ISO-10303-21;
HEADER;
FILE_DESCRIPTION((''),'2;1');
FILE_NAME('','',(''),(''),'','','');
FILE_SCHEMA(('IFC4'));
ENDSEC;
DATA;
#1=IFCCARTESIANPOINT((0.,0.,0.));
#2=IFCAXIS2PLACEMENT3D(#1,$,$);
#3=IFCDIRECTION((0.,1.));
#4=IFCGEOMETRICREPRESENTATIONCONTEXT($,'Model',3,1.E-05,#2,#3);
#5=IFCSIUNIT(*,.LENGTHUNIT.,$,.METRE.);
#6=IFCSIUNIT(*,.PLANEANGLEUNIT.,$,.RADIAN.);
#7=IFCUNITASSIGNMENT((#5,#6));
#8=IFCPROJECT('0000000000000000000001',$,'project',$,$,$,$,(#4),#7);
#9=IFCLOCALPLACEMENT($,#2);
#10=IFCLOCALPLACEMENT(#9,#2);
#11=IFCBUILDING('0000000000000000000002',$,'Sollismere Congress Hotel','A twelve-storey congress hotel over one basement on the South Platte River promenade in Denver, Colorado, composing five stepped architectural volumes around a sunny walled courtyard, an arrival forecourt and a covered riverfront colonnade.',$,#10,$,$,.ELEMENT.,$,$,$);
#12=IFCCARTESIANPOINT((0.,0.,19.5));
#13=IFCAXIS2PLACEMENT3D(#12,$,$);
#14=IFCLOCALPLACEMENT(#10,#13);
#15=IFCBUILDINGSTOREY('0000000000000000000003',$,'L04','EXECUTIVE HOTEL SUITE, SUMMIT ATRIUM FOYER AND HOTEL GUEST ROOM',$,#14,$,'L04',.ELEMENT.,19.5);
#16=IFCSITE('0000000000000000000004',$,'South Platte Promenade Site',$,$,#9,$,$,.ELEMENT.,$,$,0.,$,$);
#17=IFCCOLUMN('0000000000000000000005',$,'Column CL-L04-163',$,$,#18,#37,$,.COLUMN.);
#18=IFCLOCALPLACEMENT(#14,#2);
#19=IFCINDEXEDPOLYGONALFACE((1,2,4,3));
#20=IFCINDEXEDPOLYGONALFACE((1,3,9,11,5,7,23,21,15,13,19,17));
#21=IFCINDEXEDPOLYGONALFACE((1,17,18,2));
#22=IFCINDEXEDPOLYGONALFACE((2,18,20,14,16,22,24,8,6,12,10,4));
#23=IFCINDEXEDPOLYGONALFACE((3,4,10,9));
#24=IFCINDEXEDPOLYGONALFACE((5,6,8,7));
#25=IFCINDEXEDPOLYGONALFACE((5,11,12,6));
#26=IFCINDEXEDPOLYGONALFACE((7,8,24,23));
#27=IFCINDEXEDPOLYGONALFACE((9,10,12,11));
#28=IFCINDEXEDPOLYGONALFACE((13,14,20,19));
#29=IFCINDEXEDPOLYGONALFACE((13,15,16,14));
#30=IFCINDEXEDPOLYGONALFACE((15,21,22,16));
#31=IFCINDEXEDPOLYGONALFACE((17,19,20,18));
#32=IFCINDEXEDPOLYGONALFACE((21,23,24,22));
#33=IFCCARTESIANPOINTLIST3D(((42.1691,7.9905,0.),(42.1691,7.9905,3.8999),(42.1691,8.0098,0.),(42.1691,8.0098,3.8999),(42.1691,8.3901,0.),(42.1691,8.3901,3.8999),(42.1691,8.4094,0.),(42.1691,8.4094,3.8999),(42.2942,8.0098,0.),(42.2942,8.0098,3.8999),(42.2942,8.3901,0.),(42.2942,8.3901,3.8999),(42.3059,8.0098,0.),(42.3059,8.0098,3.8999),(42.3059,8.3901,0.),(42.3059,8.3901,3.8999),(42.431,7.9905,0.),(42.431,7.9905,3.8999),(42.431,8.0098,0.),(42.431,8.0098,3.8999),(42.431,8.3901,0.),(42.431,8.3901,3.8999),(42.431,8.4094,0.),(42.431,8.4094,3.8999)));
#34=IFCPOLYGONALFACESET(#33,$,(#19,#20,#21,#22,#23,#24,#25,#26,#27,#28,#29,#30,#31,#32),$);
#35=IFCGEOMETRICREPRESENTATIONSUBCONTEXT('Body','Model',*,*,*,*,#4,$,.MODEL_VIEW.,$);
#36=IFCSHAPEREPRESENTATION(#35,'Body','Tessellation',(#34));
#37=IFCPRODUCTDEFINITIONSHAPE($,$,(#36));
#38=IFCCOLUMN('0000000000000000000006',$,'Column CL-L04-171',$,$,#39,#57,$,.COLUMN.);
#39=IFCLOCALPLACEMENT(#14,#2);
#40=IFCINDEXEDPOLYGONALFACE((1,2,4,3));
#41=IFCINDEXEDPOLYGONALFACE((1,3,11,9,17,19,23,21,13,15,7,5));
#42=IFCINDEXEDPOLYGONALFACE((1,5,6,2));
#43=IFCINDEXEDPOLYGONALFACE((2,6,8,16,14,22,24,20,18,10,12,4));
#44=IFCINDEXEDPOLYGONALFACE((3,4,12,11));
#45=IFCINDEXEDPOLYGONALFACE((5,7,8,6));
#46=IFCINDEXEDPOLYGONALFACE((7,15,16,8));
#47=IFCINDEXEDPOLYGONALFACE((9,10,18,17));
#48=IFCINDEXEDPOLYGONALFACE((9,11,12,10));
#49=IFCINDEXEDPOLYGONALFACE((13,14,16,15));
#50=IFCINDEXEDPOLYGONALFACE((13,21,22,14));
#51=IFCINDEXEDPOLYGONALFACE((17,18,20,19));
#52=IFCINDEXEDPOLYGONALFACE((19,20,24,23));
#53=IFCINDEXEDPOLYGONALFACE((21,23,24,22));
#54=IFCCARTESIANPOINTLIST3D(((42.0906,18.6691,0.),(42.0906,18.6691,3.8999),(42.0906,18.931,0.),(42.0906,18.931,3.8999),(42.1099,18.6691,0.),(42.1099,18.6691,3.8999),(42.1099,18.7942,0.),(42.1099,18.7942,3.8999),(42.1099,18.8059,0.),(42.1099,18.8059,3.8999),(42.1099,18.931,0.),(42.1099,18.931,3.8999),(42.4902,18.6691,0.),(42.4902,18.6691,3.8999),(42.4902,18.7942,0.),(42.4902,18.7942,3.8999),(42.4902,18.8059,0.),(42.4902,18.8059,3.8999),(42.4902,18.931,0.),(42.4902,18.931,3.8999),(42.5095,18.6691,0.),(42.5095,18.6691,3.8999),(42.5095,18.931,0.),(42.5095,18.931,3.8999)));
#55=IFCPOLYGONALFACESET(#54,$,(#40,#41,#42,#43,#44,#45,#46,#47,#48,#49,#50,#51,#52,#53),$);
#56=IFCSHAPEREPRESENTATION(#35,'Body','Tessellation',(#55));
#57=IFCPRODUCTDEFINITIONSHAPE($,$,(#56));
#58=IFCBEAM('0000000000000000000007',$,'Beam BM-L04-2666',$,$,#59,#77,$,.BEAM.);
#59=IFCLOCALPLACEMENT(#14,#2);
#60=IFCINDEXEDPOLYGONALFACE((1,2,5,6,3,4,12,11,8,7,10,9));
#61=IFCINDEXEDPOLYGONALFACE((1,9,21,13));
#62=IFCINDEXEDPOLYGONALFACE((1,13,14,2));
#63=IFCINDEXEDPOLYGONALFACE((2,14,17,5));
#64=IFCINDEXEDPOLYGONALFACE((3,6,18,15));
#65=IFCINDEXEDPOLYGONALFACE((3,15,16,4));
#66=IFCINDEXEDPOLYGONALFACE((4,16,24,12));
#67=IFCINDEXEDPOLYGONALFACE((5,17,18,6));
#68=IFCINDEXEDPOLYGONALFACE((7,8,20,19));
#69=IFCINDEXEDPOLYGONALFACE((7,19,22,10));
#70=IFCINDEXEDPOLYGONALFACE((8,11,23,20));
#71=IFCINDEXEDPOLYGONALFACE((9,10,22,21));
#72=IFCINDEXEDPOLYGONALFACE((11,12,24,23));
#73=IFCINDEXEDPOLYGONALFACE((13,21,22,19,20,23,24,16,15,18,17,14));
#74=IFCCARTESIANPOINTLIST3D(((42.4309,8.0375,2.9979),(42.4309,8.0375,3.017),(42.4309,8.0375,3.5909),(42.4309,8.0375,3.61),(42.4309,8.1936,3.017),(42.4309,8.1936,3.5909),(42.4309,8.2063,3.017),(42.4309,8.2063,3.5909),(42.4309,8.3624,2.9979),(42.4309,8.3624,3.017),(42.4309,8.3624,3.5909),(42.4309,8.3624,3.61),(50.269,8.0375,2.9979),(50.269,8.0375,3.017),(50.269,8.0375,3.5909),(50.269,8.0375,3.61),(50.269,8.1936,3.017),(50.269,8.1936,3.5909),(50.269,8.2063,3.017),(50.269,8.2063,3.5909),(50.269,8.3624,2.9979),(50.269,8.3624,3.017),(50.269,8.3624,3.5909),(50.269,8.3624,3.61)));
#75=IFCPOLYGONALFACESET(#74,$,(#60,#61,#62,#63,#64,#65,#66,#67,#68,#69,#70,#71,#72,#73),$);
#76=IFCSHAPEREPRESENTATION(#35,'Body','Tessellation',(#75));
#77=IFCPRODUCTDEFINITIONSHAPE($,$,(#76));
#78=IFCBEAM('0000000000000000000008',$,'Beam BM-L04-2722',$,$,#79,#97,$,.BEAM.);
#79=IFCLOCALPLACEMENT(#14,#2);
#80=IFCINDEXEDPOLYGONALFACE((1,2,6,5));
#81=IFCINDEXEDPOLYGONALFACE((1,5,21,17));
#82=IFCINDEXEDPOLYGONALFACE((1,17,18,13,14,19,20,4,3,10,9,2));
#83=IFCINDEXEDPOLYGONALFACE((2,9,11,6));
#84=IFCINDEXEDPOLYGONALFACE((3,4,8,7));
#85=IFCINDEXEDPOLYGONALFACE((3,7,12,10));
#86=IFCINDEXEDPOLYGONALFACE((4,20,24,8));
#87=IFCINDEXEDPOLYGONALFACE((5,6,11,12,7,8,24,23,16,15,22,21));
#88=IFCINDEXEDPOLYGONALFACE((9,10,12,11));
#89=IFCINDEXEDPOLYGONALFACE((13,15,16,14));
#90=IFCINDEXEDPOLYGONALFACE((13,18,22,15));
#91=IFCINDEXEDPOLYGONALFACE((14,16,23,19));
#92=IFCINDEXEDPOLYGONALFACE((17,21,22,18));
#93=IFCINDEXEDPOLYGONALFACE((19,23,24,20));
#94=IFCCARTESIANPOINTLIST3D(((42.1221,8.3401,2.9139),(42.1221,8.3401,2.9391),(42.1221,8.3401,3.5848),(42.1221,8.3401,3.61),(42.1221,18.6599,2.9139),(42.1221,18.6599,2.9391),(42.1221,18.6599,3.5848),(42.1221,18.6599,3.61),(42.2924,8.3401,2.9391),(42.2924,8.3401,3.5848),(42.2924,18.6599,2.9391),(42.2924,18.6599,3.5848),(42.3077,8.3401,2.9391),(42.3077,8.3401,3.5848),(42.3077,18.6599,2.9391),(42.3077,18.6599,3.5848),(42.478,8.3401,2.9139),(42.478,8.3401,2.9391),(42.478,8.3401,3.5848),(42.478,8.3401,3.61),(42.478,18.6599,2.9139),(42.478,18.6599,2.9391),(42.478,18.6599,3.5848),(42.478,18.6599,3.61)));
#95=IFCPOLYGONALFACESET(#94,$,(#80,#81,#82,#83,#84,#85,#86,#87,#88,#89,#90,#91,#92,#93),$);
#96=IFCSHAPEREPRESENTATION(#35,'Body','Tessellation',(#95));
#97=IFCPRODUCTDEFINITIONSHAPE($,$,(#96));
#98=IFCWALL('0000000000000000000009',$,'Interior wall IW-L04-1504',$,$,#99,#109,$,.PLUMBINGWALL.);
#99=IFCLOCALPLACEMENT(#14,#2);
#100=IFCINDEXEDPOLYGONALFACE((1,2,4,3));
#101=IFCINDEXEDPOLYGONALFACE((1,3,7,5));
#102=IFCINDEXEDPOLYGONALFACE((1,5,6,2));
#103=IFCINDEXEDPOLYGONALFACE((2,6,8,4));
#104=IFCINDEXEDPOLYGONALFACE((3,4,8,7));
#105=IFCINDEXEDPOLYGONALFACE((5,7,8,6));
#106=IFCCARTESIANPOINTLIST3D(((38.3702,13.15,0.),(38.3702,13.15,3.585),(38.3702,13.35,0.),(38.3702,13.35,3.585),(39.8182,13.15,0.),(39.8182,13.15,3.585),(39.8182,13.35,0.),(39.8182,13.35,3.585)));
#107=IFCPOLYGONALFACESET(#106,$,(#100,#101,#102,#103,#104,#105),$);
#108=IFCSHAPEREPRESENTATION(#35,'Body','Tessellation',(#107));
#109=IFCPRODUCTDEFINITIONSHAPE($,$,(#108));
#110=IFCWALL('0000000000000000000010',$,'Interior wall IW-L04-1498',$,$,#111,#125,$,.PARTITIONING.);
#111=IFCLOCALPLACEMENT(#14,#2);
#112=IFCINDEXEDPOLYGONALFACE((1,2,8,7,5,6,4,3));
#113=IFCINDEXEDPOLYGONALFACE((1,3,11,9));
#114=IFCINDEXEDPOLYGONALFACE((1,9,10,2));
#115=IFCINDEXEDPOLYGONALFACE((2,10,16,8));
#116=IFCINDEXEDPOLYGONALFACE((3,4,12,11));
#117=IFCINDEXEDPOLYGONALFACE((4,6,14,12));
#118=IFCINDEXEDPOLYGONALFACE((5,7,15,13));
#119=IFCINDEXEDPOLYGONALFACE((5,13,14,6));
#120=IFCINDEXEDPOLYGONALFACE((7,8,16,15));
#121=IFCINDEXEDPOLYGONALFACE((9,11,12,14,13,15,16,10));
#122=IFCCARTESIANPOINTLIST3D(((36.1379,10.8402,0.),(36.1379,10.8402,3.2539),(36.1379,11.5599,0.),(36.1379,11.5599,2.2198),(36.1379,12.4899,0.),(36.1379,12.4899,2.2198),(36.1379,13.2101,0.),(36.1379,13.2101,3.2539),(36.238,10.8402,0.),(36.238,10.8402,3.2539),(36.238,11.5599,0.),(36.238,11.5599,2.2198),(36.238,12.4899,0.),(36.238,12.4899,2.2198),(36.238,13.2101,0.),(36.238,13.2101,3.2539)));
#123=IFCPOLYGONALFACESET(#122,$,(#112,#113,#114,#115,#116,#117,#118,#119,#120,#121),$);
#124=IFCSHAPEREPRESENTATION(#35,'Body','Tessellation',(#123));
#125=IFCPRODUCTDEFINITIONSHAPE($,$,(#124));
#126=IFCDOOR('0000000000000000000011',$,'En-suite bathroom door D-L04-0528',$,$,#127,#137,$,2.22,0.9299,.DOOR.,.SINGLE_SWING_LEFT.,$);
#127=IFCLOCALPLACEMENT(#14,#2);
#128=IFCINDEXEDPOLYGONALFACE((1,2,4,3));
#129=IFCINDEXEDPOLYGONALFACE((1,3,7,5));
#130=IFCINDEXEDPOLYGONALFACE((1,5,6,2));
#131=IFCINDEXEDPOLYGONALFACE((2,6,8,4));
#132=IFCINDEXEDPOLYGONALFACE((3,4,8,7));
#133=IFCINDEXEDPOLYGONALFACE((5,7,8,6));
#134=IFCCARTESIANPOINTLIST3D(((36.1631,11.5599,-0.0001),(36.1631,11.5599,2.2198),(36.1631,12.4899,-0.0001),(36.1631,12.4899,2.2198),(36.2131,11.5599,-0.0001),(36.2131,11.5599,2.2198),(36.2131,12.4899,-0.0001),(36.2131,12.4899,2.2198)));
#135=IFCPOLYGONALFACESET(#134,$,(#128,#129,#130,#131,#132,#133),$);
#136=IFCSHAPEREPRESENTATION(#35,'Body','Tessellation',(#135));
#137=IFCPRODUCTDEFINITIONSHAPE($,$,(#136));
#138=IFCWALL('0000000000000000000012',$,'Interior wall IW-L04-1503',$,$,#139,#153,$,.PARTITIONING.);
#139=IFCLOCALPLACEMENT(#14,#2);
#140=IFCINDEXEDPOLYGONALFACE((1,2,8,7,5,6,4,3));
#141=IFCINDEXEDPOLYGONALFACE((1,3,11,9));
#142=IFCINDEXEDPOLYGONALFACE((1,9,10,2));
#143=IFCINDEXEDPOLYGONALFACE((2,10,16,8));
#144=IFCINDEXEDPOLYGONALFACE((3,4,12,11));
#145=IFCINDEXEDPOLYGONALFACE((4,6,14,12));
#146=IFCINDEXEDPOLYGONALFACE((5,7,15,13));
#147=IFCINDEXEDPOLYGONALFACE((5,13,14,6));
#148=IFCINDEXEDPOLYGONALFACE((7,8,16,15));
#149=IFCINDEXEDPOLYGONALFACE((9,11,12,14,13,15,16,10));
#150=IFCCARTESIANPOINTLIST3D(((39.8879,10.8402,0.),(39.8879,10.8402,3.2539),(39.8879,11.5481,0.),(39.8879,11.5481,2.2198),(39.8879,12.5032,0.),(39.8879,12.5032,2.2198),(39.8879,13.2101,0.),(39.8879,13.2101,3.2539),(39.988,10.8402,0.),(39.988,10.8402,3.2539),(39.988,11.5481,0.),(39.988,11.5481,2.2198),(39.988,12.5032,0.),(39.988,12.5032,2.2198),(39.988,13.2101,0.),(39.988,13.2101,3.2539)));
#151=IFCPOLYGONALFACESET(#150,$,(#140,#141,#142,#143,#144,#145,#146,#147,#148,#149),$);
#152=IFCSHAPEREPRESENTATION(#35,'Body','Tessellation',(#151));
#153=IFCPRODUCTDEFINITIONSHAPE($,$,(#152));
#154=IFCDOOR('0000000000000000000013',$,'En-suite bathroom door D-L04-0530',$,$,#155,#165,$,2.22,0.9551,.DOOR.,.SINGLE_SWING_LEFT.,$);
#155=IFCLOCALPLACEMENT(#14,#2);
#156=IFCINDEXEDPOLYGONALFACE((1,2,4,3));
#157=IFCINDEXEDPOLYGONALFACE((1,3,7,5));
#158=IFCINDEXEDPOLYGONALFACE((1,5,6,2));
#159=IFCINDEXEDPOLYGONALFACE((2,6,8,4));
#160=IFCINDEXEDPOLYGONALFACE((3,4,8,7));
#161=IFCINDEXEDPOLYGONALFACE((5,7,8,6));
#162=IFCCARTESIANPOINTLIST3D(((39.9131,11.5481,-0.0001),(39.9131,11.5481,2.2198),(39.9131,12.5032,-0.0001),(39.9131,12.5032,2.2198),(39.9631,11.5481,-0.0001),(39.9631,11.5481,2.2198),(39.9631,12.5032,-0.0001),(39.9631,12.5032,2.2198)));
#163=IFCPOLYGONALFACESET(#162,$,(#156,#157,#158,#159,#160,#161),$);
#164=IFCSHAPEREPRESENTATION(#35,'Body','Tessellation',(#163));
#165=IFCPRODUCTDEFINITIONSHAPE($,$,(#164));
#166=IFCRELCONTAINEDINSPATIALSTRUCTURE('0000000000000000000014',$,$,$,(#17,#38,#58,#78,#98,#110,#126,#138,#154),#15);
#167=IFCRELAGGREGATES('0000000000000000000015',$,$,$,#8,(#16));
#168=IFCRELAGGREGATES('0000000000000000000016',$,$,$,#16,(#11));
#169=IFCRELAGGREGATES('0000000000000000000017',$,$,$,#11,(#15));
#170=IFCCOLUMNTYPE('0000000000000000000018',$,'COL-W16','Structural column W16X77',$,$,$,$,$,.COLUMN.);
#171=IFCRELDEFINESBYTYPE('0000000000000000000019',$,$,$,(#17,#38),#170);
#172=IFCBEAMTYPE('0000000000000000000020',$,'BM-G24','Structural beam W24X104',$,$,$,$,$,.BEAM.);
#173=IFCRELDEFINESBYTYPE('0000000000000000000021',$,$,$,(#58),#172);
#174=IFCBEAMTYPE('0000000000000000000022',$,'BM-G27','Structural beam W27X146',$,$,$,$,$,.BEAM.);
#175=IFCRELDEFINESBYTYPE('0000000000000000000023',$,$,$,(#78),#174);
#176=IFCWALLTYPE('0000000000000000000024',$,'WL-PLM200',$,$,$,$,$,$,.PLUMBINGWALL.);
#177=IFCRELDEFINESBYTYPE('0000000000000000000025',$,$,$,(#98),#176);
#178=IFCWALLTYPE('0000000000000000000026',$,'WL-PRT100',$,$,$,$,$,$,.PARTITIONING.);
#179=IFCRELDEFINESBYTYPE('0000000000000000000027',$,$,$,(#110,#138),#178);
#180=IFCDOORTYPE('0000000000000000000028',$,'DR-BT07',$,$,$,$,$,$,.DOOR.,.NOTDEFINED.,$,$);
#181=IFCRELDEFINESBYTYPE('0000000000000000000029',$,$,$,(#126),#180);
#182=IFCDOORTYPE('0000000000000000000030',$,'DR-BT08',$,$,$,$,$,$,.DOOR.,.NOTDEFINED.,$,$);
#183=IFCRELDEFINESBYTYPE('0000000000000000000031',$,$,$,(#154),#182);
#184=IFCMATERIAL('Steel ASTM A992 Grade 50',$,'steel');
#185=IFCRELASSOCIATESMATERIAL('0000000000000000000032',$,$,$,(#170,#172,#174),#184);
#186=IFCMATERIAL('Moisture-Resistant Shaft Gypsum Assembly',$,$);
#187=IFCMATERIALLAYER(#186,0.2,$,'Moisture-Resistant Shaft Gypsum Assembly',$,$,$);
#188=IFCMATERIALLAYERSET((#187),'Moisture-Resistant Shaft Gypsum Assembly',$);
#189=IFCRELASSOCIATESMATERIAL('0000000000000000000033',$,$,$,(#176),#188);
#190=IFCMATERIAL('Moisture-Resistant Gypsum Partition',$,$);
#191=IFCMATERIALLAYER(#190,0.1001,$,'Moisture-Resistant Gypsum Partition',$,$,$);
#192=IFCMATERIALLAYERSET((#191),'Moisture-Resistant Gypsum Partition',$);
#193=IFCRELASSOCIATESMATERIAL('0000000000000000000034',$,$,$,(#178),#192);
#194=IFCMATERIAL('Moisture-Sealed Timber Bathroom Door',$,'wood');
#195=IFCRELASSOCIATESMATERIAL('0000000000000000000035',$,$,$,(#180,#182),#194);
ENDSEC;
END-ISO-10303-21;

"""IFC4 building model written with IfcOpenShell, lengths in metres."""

from ifc_helpers import new_model, si_unit, direction, frame, frame_2d, origin, origin_2d, place, context, subcontext, project, spatial, rectangle, i_section, extrude, material, layer, layer_set, material_profile, profile_set, type_object, element, fill, save


model = new_model("IFC4")

# Units and contexts
model_context = context("Model", 3, precision=1e-05, world=origin(), true_north=direction((0.0, 1.0)))
body_context = subcontext(model_context, "Body", "Model", "MODEL_VIEW")
ifc_project = project(units=[si_unit("LENGTHUNIT", "METRE"), si_unit("PLANEANGLEUNIT", "RADIAN")], contexts=[model_context])

# Site, building, storey
site_placement = place(None, origin())
site = spatial("IfcSite", under=ifc_project, at=site_placement, Name="South Platte Promenade Site", CompositionType="ELEMENT", RefElevation=0.0)
building_placement = place(site_placement, origin())
building = spatial("IfcBuilding", under=site, at=building_placement, Name="Sollismere Congress Hotel", Description="A twelve-storey congress hotel over one basement on the South Platte River promenade in Denver, Colorado, composing five stepped architectural volumes around a sunny walled courtyard, an arrival forecourt and a covered riverfront colonnade.", CompositionType="ELEMENT")
storey_placement = place(building_placement, frame((0.0, 0.0, 19.5)))
storey = spatial("IfcBuildingStorey", under=building, at=storey_placement, Name="L04", Description="EXECUTIVE HOTEL SUITE, SUMMIT ATRIUM FOYER AND HOTEL GUEST ROOM", LongName="L04", CompositionType="ELEMENT", Elevation=19.5)

# Columns
ifc_material_1 = material(Name="Steel ASTM A992 Grade 50", Category="steel")
ifc_material_profile_1 = material_profile(ifc_material_1, i_section(OverallWidth=0.262, OverallDepth=0.4189, WebThickness=0.0117, FlangeThickness=0.0193, at=origin_2d()), Name="W16X77")
ifc_profile_set_1 = profile_set([ifc_material_profile_1], Name="Steel ASTM A992 Grade 50")
column_type = type_object("IfcColumnType", Name="COL-W16", Description="Structural column W16X77", PredefinedType="COLUMN", material=ifc_profile_set_1)
for number, where, z_axis, x_axis, name in (
    (1, (42.3, 8.2, 0.0), (0.0, 0.0, 1.0), (1.0, 0.0, 0.0), "Column CL-L04-163"),
    (2, (42.3, 18.8, 0.0), (0.0, 0.0, 1.0), (0.0, 1.0, 0.0), "Column CL-L04-171"),
):
    element("IfcColumn", number, at=place(storey_placement, frame(where, z_axis=z_axis, x_axis=x_axis)), inside=storey, type_object=column_type, Name=name, PredefinedType="COLUMN", context=body_context, shape_type="SweptSolid", body=[
        extrude(i_section(OverallWidth=0.262, OverallDepth=0.4189, WebThickness=0.0117, FlangeThickness=0.0193, at=origin_2d()), origin(), (0.0, 0.0, 1.0), 3.8999),
    ])

# Beams
ifc_material_profile_2 = material_profile(ifc_material_1, i_section(OverallWidth=0.325, OverallDepth=0.6121, WebThickness=0.0127, FlangeThickness=0.019, at=origin_2d()), Name="W24X104")
ifc_profile_set_2 = profile_set([ifc_material_profile_2], Name="Steel ASTM A992 Grade 50")
beam_type_1 = type_object("IfcBeamType", Name="BM-G24", Description="Structural beam W24X104", PredefinedType="BEAM", material=ifc_profile_set_2)
beam_1_placement = place(storey_placement, frame((42.4309, 8.2, 3.304), z_axis=(1.0, 0.0, 0.0), x_axis=(0.0, 1.0, 0.0)))
element("IfcBeam", 3, at=beam_1_placement, inside=storey, type_object=beam_type_1, Name="Beam BM-L04-2666", PredefinedType="BEAM", context=body_context, shape_type="SweptSolid", body=[
    extrude(i_section(OverallWidth=0.325, OverallDepth=0.6121, WebThickness=0.0127, FlangeThickness=0.019, at=origin_2d()), origin(), (0.0, 0.0, 1.0), 7.8381),
])
ifc_material_profile_3 = material_profile(ifc_material_1, i_section(OverallWidth=0.356, OverallDepth=0.696, WebThickness=0.0154, FlangeThickness=0.0251, at=origin_2d()), Name="W27X146")
ifc_profile_set_3 = profile_set([ifc_material_profile_3], Name="Steel ASTM A992 Grade 50")
beam_type_2 = type_object("IfcBeamType", Name="BM-G27", Description="Structural beam W27X146", PredefinedType="BEAM", material=ifc_profile_set_3)
beam_2_placement = place(storey_placement, frame((42.3, 8.3401, 3.262), z_axis=(0.0, 1.0, 0.0), x_axis=(-1.0, 0.0, 0.0)))
element("IfcBeam", 4, at=beam_2_placement, inside=storey, type_object=beam_type_2, Name="Beam BM-L04-2722", PredefinedType="BEAM", context=body_context, shape_type="SweptSolid", body=[
    extrude(i_section(OverallWidth=0.356, OverallDepth=0.696, WebThickness=0.0154, FlangeThickness=0.0251, at=origin_2d()), origin(), (0.0, 0.0, 1.0), 10.3198),
])

# Wall
ifc_material_2 = material(Name="Moisture-Resistant Shaft Gypsum Assembly")
ifc_layer_1 = layer(ifc_material_2, 0.2, Name="Moisture-Resistant Shaft Gypsum Assembly")
ifc_layer_set_1 = layer_set([ifc_layer_1], Name="Moisture-Resistant Shaft Gypsum Assembly")
wall_type_1 = type_object("IfcWallType", Name="WL-PLM200", PredefinedType="PLUMBINGWALL", material=ifc_layer_set_1)
wall_1_placement = place(storey_placement, frame((38.3701, 13.25, 0.0), z_axis=(0.0, 0.0, 1.0), x_axis=(1.0, 0.0, 0.0)))
element("IfcWall", 5, at=wall_1_placement, inside=storey, type_object=wall_type_1, Name="Interior wall IW-L04-1504", PredefinedType="PLUMBINGWALL", context=body_context, shape_type="SweptSolid", body=[
    extrude(rectangle(XDim=1.448, YDim=0.2, at=frame_2d((0.7241, 0.0))), origin(), (0.0, 0.0, 1.0), 3.585),
])

# Walls, openings, doors
ifc_material_3 = material(Name="Moisture-Resistant Gypsum Partition")
ifc_layer_2 = layer(ifc_material_3, 0.1001, Name="Moisture-Resistant Gypsum Partition")
ifc_layer_set_2 = layer_set([ifc_layer_2], Name="Moisture-Resistant Gypsum Partition")
wall_type_2 = type_object("IfcWallType", Name="WL-PRT100", PredefinedType="PARTITIONING", material=ifc_layer_set_2)
wall_2_placement = place(storey_placement, frame((36.188, 10.8401, 0.0), z_axis=(0.0, 0.0, 1.0), x_axis=(0.0, 1.0, 0.0)))
wall_2 = element("IfcWall", 6, at=wall_2_placement, inside=storey, type_object=wall_type_2, Name="Interior wall IW-L04-1498", PredefinedType="PARTITIONING", context=body_context, shape_type="SweptSolid", body=[
    extrude(rectangle(XDim=2.3699, YDim=0.1001, at=frame_2d((1.1851, 0.0))), origin(), (0.0, 0.0, 1.0), 3.2539),
])
opening_1_placement = place(wall_2_placement, frame((0.72, 0.0, 0.0)))
opening_1 = element("IfcOpeningElement", 7, at=opening_1_placement, cuts=wall_2, PredefinedType="OPENING", context=body_context, shape_type="SweptSolid", body=[
    extrude(rectangle(XDim=0.9299, YDim=2.22, at=frame_2d((0.4648, 1.1099))), frame((0.0, 0.0601, 0.0), z_axis=(0.0, -1.0, 0.0), x_axis=(1.0, 0.0, 0.0)), (0.0, 0.0, 1.0), 0.1201),
])
ifc_material_4 = material(Name="Moisture-Sealed Timber Bathroom Door", Category="wood")
door_type_1 = type_object("IfcDoorType", Name="DR-BT07", OperationType="NOTDEFINED", PredefinedType="DOOR", material=ifc_material_4)
door_1_placement = place(opening_1_placement, origin())
door_1 = element("IfcDoor", 8, at=door_1_placement, inside=storey, type_object=door_type_1, Name="En-suite bathroom door D-L04-0528", OperationType="SINGLE_SWING_LEFT", OverallHeight=2.22, OverallWidth=0.9299, PredefinedType="DOOR", context=body_context, shape_type="SweptSolid", body=[
    extrude(rectangle(XDim=0.9299, YDim=2.22, at=frame_2d((0.4648, 1.1099))), frame((0.0, 0.0249, 0.0), z_axis=(0.0, -1.0, 0.0), x_axis=(1.0, 0.0, 0.0)), (0.0, 0.0, 1.0), 0.05),
])
fill(opening_1, door_1)
wall_3_placement = place(storey_placement, frame((39.938, 10.8401, 0.0), z_axis=(0.0, 0.0, 1.0), x_axis=(0.0, 1.0, 0.0)))
wall_3 = element("IfcWall", 9, at=wall_3_placement, inside=storey, type_object=wall_type_2, Name="Interior wall IW-L04-1503", PredefinedType="PARTITIONING", context=body_context, shape_type="SweptSolid", body=[
    extrude(rectangle(XDim=2.3699, YDim=0.1001, at=frame_2d((1.1851, 0.0))), origin(), (0.0, 0.0, 1.0), 3.2539),
])
opening_2_placement = place(wall_3_placement, frame((0.708, 0.0, 0.0)))
opening_2 = element("IfcOpeningElement", 10, at=opening_2_placement, cuts=wall_3, PredefinedType="OPENING", context=body_context, shape_type="SweptSolid", body=[
    extrude(rectangle(XDim=0.9551, YDim=2.22, at=frame_2d((0.4775, 1.1099))), frame((0.0, 0.0601, 0.0), z_axis=(0.0, -1.0, 0.0), x_axis=(1.0, 0.0, 0.0)), (0.0, 0.0, 1.0), 0.1201),
])
door_type_2 = type_object("IfcDoorType", Name="DR-BT08", OperationType="NOTDEFINED", PredefinedType="DOOR", material=ifc_material_4)
door_2_placement = place(opening_2_placement, origin())
door_2 = element("IfcDoor", 11, at=door_2_placement, inside=storey, type_object=door_type_2, Name="En-suite bathroom door D-L04-0530", OperationType="SINGLE_SWING_LEFT", OverallHeight=2.22, OverallWidth=0.9551, PredefinedType="DOOR", context=body_context, shape_type="SweptSolid", body=[
    extrude(rectangle(XDim=0.9551, YDim=2.22, at=frame_2d((0.4775, 1.1099))), frame((0.0, 0.0249, 0.0), z_axis=(0.0, -1.0, 0.0), x_axis=(1.0, 0.0, 0.0)), (0.0, 0.0, 1.0), 0.05),
])
fill(opening_2, door_2)

save(model, "model.ifc")
